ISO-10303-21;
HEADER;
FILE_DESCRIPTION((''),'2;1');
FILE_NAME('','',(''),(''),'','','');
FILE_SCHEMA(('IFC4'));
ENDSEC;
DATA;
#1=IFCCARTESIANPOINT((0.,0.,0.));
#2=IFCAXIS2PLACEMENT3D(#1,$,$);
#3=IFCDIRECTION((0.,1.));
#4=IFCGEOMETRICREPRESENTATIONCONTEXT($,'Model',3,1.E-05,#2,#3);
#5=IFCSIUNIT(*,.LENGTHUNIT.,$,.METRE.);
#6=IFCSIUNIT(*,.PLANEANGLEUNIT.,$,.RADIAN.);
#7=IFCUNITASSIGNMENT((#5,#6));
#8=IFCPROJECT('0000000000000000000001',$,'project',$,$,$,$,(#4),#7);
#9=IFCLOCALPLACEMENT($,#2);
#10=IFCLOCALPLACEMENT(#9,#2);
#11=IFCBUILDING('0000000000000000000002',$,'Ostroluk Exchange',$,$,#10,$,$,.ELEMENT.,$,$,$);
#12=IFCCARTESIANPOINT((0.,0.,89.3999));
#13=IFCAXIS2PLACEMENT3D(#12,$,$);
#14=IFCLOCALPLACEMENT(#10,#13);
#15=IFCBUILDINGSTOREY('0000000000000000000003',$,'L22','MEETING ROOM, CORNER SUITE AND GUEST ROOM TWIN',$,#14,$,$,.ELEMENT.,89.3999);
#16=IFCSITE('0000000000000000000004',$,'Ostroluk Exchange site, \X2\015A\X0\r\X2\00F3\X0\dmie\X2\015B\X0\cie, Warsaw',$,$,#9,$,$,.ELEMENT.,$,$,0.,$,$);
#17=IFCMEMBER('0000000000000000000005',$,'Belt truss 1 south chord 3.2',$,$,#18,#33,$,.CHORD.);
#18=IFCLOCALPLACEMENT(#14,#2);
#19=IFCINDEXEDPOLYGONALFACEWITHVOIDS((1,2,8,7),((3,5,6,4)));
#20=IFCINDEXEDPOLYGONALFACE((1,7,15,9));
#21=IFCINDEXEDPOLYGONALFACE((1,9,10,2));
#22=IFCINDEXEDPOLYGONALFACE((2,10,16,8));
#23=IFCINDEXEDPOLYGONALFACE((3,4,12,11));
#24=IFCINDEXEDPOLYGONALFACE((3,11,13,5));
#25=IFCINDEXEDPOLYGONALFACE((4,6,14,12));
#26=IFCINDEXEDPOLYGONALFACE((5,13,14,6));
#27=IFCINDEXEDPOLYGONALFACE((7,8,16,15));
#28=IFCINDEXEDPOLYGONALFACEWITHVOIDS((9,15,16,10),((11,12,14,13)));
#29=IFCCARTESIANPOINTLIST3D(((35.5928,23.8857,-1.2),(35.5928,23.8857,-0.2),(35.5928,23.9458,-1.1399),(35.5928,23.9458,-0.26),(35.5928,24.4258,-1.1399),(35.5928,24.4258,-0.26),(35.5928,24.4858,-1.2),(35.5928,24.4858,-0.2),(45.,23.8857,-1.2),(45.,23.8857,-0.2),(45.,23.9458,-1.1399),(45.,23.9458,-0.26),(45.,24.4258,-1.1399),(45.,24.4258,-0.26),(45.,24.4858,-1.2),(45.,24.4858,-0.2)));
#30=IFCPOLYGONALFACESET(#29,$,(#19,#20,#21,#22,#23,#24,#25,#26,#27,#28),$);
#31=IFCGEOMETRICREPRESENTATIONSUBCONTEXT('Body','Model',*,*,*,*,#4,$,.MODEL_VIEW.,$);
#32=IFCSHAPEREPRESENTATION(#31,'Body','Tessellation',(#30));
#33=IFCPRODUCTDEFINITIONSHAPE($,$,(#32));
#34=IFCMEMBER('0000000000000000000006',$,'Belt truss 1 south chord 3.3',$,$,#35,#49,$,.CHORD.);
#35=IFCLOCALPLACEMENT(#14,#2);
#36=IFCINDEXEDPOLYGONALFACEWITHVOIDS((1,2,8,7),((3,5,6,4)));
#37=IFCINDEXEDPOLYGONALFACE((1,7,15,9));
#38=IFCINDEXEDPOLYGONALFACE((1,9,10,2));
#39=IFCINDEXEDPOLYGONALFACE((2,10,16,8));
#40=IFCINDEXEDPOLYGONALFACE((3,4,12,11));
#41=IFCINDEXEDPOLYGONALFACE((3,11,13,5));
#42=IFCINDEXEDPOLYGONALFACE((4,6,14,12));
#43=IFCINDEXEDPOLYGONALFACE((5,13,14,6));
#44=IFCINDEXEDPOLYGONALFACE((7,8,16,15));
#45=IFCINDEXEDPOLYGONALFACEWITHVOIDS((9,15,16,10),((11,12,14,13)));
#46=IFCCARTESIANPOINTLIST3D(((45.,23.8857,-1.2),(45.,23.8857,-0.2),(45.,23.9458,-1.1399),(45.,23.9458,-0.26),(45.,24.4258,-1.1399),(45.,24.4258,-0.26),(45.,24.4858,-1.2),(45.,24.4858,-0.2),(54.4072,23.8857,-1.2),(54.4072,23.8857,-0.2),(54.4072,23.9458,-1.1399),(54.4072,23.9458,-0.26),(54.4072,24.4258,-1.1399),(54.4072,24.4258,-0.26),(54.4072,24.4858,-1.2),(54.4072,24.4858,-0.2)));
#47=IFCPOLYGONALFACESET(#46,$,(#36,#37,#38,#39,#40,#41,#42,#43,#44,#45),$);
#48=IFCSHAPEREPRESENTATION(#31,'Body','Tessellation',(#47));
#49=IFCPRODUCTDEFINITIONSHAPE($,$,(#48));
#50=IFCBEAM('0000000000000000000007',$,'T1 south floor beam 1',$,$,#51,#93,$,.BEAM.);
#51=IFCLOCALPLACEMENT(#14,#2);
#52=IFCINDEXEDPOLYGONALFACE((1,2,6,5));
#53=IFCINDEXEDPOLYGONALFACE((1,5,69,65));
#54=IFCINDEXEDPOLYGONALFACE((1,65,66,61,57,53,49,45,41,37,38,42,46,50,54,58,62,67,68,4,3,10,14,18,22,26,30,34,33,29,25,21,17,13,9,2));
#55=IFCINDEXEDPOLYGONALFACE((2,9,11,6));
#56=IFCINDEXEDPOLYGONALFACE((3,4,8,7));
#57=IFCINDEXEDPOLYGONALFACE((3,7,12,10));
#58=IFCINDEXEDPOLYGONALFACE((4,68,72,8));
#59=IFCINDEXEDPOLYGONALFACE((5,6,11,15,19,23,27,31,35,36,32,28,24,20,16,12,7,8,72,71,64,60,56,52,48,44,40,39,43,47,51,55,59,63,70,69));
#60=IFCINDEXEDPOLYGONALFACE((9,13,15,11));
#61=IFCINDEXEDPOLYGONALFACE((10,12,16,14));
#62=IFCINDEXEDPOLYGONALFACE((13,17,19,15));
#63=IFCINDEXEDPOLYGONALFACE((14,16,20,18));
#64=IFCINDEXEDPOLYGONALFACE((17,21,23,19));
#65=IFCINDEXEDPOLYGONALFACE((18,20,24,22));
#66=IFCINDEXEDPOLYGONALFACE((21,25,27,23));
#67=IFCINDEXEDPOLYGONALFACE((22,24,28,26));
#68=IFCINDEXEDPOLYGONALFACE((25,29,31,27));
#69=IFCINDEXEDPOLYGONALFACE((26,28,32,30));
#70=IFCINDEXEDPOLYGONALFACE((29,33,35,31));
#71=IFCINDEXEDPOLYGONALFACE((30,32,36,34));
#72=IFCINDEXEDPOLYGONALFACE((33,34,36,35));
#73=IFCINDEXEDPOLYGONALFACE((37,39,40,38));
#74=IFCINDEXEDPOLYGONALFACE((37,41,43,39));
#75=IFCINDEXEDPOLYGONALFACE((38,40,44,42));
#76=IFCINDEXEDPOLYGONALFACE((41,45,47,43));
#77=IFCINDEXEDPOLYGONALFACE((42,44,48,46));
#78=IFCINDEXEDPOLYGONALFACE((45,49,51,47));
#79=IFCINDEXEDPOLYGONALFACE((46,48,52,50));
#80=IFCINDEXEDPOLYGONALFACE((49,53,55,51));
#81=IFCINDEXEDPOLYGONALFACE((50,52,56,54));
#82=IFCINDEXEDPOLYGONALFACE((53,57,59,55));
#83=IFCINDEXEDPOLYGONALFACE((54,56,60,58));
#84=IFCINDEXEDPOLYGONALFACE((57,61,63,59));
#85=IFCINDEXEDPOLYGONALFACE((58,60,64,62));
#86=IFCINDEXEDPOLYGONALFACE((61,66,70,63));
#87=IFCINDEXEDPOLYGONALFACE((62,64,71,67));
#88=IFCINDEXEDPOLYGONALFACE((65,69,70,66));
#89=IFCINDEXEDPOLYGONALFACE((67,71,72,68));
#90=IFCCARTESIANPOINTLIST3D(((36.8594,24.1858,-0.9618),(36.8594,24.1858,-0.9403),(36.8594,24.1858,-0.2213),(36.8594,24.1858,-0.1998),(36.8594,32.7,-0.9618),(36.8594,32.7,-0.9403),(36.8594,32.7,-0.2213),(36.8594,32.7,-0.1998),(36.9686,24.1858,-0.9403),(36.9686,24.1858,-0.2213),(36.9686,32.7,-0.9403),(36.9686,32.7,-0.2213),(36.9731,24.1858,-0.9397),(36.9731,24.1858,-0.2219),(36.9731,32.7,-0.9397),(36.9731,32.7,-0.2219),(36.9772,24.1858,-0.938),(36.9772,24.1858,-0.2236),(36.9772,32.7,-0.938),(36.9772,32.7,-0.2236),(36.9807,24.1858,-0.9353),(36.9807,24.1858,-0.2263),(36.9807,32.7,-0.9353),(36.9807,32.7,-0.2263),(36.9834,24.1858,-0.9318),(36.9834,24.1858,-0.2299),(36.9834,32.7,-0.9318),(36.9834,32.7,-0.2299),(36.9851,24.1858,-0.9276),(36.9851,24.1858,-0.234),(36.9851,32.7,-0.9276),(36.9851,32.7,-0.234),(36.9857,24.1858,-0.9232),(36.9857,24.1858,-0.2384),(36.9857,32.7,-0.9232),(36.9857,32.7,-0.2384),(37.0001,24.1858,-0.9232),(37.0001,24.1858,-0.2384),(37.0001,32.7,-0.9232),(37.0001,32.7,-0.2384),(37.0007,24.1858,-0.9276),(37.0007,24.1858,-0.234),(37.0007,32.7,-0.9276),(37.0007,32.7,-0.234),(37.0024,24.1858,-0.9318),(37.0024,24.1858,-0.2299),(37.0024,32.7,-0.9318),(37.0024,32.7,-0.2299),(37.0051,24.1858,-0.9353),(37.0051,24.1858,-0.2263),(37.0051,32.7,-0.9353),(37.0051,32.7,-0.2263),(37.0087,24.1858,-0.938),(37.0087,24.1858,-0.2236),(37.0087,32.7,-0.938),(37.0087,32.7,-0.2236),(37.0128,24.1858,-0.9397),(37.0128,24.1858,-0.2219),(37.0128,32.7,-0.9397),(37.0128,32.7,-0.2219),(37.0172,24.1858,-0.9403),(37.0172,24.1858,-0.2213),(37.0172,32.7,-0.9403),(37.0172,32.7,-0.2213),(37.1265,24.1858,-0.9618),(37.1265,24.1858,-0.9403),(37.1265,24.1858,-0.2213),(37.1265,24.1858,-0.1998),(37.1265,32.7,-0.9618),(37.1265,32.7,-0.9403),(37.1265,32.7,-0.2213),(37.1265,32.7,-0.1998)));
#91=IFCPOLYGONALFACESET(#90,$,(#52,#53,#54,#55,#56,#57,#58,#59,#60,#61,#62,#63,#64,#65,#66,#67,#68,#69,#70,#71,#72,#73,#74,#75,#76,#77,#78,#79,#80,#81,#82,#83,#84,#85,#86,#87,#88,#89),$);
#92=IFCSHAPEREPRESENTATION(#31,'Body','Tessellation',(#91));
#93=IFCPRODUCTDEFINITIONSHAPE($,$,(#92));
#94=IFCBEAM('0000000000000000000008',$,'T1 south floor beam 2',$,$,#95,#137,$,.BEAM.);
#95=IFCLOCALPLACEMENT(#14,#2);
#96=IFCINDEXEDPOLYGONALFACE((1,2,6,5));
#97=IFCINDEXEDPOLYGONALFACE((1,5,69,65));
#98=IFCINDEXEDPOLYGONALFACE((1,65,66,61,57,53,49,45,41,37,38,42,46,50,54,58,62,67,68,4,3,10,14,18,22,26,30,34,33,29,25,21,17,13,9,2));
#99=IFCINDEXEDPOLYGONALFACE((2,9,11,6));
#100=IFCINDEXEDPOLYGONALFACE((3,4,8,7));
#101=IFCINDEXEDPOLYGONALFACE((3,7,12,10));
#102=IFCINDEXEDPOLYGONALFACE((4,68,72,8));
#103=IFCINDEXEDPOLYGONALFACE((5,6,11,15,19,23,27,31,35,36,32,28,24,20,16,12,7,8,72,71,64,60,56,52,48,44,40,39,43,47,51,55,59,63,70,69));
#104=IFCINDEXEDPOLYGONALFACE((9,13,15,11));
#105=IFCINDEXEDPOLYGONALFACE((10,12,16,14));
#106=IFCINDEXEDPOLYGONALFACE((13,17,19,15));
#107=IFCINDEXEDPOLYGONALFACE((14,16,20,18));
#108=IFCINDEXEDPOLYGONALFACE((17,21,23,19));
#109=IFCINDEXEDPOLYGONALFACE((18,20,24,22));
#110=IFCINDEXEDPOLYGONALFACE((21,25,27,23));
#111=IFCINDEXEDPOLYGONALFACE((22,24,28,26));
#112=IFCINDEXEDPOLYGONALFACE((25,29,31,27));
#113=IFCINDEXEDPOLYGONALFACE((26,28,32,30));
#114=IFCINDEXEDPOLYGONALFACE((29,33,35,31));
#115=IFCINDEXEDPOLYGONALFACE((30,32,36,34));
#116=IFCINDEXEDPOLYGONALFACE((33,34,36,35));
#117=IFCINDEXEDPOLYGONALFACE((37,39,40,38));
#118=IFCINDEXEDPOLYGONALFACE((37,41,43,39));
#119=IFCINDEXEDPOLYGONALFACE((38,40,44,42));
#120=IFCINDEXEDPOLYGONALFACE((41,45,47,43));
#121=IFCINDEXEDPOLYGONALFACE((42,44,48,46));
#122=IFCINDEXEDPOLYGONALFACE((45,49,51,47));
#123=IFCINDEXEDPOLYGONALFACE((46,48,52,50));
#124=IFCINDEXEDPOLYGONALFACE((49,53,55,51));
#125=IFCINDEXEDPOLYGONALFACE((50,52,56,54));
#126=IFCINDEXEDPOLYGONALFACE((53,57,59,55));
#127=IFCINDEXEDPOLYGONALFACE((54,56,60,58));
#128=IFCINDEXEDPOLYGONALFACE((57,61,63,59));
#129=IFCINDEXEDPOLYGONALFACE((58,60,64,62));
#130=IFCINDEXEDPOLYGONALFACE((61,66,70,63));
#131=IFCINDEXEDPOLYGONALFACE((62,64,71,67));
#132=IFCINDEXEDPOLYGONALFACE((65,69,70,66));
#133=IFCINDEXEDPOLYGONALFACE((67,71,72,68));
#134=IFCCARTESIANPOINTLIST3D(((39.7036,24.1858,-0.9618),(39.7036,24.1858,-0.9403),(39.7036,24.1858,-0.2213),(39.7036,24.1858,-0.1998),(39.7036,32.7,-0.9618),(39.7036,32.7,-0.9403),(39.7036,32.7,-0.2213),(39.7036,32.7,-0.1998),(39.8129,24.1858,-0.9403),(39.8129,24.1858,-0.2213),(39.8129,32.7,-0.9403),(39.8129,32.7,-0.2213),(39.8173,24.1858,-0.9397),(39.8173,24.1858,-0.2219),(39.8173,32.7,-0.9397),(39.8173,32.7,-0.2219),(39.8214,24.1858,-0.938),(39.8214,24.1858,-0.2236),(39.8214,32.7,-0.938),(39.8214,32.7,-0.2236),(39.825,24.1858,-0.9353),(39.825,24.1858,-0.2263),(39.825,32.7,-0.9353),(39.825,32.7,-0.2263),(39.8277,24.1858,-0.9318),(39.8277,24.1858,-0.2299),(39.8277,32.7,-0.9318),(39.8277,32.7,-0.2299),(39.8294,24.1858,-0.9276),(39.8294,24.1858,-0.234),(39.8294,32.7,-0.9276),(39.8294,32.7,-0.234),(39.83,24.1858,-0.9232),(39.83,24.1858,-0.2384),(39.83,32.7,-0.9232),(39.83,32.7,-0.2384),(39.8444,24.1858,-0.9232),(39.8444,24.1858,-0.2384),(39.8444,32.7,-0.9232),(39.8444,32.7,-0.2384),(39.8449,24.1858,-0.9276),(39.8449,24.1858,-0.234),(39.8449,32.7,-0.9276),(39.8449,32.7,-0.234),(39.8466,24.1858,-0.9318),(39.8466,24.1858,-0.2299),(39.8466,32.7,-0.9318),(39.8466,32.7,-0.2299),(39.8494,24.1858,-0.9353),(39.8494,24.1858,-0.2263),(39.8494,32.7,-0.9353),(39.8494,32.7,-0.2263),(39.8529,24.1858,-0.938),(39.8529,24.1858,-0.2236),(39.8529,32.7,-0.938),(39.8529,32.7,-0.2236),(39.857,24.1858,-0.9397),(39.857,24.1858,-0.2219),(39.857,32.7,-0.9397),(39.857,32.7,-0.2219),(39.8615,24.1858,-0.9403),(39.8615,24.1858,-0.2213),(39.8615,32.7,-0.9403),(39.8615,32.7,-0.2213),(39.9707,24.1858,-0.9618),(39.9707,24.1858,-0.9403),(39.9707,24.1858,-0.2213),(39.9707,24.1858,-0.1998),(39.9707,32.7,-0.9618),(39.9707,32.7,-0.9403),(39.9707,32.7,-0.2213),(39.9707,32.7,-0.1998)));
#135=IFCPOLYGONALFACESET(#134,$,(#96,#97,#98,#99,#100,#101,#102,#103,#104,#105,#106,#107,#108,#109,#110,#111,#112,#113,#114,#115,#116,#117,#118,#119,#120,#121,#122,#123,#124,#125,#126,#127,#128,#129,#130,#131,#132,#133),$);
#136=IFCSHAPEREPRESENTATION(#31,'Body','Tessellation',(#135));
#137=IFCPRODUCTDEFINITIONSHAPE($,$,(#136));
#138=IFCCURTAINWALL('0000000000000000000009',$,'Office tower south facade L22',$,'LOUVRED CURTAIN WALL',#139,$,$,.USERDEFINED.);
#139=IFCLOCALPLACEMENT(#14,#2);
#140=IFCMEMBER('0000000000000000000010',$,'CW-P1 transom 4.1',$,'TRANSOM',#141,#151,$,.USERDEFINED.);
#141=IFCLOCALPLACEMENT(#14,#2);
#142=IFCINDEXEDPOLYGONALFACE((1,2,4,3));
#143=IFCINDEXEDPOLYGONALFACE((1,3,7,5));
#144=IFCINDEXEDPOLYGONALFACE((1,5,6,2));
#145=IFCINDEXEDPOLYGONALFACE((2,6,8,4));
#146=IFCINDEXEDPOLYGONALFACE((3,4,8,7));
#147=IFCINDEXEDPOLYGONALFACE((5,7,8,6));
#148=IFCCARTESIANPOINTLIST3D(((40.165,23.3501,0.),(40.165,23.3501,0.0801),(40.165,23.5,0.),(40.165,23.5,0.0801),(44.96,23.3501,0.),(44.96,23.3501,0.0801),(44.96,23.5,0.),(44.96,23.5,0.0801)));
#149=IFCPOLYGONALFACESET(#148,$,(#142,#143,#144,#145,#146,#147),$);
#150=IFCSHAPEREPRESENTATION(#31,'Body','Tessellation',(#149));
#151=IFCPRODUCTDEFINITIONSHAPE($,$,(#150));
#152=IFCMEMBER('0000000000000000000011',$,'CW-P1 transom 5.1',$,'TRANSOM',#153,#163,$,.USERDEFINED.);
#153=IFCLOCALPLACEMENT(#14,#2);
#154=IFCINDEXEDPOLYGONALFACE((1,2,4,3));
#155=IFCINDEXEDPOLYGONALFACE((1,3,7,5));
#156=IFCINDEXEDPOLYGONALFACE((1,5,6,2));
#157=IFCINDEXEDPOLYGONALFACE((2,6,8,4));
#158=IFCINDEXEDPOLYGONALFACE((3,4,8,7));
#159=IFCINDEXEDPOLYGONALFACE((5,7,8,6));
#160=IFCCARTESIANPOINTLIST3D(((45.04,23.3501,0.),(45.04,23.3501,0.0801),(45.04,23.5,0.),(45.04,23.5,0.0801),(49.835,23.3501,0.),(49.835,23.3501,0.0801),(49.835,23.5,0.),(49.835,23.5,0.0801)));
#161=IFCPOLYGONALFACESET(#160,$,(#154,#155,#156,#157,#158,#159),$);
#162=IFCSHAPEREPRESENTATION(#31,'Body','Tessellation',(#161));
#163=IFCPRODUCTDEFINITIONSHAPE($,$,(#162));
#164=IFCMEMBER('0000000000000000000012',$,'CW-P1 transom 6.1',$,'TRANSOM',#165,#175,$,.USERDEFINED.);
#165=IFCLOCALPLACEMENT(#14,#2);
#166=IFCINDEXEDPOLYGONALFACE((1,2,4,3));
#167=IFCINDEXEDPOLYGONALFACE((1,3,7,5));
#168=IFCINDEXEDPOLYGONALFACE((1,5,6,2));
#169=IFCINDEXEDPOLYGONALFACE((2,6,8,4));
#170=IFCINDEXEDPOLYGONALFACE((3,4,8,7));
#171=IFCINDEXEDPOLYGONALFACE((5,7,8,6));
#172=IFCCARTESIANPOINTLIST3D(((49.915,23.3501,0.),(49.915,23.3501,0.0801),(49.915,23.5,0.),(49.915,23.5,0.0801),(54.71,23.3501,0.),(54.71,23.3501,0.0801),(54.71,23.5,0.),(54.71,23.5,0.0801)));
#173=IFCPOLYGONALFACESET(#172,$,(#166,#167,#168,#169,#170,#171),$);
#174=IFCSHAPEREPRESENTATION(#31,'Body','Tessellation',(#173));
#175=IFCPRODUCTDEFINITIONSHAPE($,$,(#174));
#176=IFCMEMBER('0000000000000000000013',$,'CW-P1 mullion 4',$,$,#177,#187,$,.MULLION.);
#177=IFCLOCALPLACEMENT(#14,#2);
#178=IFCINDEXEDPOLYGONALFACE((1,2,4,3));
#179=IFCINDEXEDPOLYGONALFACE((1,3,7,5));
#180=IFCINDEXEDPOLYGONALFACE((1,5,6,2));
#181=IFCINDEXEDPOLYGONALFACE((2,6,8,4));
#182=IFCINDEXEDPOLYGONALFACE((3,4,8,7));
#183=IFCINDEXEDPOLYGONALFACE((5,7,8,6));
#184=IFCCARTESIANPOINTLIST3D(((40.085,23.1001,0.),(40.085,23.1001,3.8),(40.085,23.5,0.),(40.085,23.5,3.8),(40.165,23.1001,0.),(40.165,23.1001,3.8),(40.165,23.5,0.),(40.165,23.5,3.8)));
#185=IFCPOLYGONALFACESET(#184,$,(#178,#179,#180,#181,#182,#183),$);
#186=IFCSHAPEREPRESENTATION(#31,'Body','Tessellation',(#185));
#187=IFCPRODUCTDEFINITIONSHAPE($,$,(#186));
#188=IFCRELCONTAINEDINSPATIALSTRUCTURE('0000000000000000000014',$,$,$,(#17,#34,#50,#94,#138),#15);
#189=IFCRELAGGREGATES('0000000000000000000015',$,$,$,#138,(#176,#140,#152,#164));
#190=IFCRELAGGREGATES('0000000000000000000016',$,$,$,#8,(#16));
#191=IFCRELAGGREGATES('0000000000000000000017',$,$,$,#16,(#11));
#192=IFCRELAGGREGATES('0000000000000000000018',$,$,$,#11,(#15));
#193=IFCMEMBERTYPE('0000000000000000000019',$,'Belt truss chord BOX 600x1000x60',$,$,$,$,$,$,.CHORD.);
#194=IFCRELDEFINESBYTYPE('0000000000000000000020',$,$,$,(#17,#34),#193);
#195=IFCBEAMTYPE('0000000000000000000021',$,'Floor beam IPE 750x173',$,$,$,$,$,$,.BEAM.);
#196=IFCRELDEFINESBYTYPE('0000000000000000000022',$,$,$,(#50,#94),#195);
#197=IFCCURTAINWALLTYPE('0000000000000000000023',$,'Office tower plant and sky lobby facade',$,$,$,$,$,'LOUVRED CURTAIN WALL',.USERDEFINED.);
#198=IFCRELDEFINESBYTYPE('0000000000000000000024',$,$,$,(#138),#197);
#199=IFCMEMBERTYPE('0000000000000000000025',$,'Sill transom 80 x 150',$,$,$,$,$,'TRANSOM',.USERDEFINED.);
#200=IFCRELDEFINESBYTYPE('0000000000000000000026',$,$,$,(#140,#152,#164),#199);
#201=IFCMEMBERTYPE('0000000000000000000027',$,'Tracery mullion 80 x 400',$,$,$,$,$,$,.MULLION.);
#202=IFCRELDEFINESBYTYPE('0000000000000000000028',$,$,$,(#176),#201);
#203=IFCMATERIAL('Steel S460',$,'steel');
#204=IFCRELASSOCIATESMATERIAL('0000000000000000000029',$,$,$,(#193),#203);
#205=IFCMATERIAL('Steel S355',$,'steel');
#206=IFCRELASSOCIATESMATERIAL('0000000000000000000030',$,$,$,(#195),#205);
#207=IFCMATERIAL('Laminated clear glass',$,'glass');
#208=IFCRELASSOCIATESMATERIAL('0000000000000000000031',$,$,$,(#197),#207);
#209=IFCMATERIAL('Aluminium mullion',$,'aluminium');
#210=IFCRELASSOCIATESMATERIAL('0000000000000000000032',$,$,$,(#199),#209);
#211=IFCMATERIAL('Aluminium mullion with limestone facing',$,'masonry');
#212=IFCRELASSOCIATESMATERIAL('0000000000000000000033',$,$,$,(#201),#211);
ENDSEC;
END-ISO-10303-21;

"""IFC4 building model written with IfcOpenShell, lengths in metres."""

from ifc_helpers import new_model, si_unit, direction, frame, origin, origin_2d, place, context, subcontext, project, spatial, rectangle, hollow_rectangle, i_section, extrude, material, material_profile, profile_set, type_object, element, aggregate, save


model = new_model("IFC4")

# Units and contexts
model_context = context("Model", 3, precision=1e-05, world=origin(), true_north=direction((0.0, 1.0)))
body_context = subcontext(model_context, "Body", "Model", "MODEL_VIEW")
ifc_project = project(units=[si_unit("LENGTHUNIT", "METRE"), si_unit("PLANEANGLEUNIT", "RADIAN")], contexts=[model_context])

# Site, building, storey
site_placement = place(None, origin())
site = spatial("IfcSite", under=ifc_project, at=site_placement, Name="Ostroluk Exchange site, Śródmieście, Warsaw", CompositionType="ELEMENT", RefElevation=0.0)
building_placement = place(site_placement, origin())
building = spatial("IfcBuilding", under=site, at=building_placement, Name="Ostroluk Exchange", CompositionType="ELEMENT")
storey_placement = place(building_placement, frame((0.0, 0.0, 89.3999)))
storey = spatial("IfcBuildingStorey", under=building, at=storey_placement, Name="L22", Description="MEETING ROOM, CORNER SUITE AND GUEST ROOM TWIN", CompositionType="ELEMENT", Elevation=89.3999)

# Members
ifc_material_1 = material(Name="Steel S460", Category="steel")
ifc_material_profile_1 = material_profile(ifc_material_1, hollow_rectangle(XDim=0.6001, YDim=1.0, WallThickness=0.0601, at=origin_2d()), Name="BOX 600x1000x60")
ifc_profile_set_1 = profile_set([ifc_material_profile_1], Name="Steel S460")
member_type_1 = type_object("IfcMemberType", Name="Belt truss chord BOX 600x1000x60", PredefinedType="CHORD", material=ifc_profile_set_1)
for number, where, z_axis, x_axis, name in (
    (1, (35.5928, 24.1858, -0.7), (1.0, 0.0, 0.0), (0.0, 1.0, 0.0), "Belt truss 1 south chord 3.2"),
    (2, (45.0, 24.1858, -0.7), (1.0, 0.0, 0.0), (0.0, 1.0, 0.0), "Belt truss 1 south chord 3.3"),
):
    element("IfcMember", number, at=place(storey_placement, frame(where, z_axis=z_axis, x_axis=x_axis)), inside=storey, type_object=member_type_1, Name=name, PredefinedType="CHORD", context=body_context, shape_type="SweptSolid", body=[
        extrude(hollow_rectangle(XDim=0.6001, YDim=1.0, WallThickness=0.0601, at=origin_2d()), origin(), (0.0, 0.0, 1.0), 9.4072),
    ])

# Beams
ifc_material_2 = material(Name="Steel S355", Category="steel")
ifc_material_profile_2 = material_profile(ifc_material_2, i_section(OverallWidth=0.2671, OverallDepth=0.762, WebThickness=0.0144, FlangeThickness=0.0215, FilletRadius=0.0171, at=origin_2d()), Name="IPE 750x173")
ifc_profile_set_2 = profile_set([ifc_material_profile_2], Name="Steel S355")
beam_type = type_object("IfcBeamType", Name="Floor beam IPE 750x173", PredefinedType="BEAM", material=ifc_profile_set_2)
for number, where, z_axis, x_axis, name in (
    (3, (36.9929, 32.7, -0.5808), (0.0, -1.0, 0.0), (1.0, 0.0, 0.0), "T1 south floor beam 1"),
    (4, (39.8372, 32.7, -0.5808), (0.0, -1.0, 0.0), (1.0, 0.0, 0.0), "T1 south floor beam 2"),
):
    element("IfcBeam", number, at=place(storey_placement, frame(where, z_axis=z_axis, x_axis=x_axis)), inside=storey, type_object=beam_type, Name=name, PredefinedType="BEAM", context=body_context, shape_type="SweptSolid", body=[
        extrude(i_section(OverallWidth=0.2671, OverallDepth=0.762, WebThickness=0.0144, FlangeThickness=0.0215, FilletRadius=0.0171, at=origin_2d()), origin(), (0.0, 0.0, 1.0), 8.5142),
    ])

# Curtain wall, members
ifc_material_3 = material(Name="Laminated clear glass", Category="glass")
curtain_wall_type = type_object("IfcCurtainWallType", Name="Office tower plant and sky lobby facade", ElementType="LOUVRED CURTAIN WALL", PredefinedType="USERDEFINED", material=ifc_material_3)
curtain_wall_placement = place(storey_placement, origin())
curtain_wall = element("IfcCurtainWall", 5, at=curtain_wall_placement, inside=storey, type_object=curtain_wall_type, Name="Office tower south facade L22", ObjectType="LOUVRED CURTAIN WALL", PredefinedType="USERDEFINED")
ifc_material_4 = material(Name="Aluminium mullion", Category="aluminium")
ifc_material_profile_3 = material_profile(ifc_material_4, rectangle(XDim=0.1499, YDim=0.0801, at=origin_2d()), Name="Sill transom 80 x 150")
ifc_profile_set_3 = profile_set([ifc_material_profile_3], Name="Aluminium mullion")
member_type_2 = type_object("IfcMemberType", Name="Sill transom 80 x 150", ElementType="TRANSOM", PredefinedType="USERDEFINED", material=ifc_profile_set_3)
member_1_placement = place(storey_placement, frame((40.165, 23.425, 0.04), z_axis=(1.0, 0.0, 0.0), x_axis=(0.0, 1.0, 0.0)))
member_1 = element("IfcMember", 6, at=member_1_placement, type_object=member_type_2, Name="CW-P1 transom 4.1", ObjectType="TRANSOM", PredefinedType="USERDEFINED", context=body_context, shape_type="SweptSolid", body=[
    extrude(rectangle(XDim=0.1499, YDim=0.0801, at=origin_2d()), origin(), (0.0, 0.0, 1.0), 4.7949),
])
member_2_placement = place(storey_placement, frame((45.04, 23.425, 0.04), z_axis=(1.0, 0.0, 0.0), x_axis=(0.0, 1.0, 0.0)))
member_2 = element("IfcMember", 7, at=member_2_placement, type_object=member_type_2, Name="CW-P1 transom 5.1", ObjectType="TRANSOM", PredefinedType="USERDEFINED", context=body_context, shape_type="SweptSolid", body=[
    extrude(rectangle(XDim=0.1499, YDim=0.0801, at=origin_2d()), origin(), (0.0, 0.0, 1.0), 4.7949),
])
member_3_placement = place(storey_placement, frame((49.915, 23.425, 0.04), z_axis=(1.0, 0.0, 0.0), x_axis=(0.0, 1.0, 0.0)))
member_3 = element("IfcMember", 8, at=member_3_placement, type_object=member_type_2, Name="CW-P1 transom 6.1", ObjectType="TRANSOM", PredefinedType="USERDEFINED", context=body_context, shape_type="SweptSolid", body=[
    extrude(rectangle(XDim=0.1499, YDim=0.0801, at=origin_2d()), origin(), (0.0, 0.0, 1.0), 4.7949),
])
ifc_material_5 = material(Name="Aluminium mullion with limestone facing", Category="masonry")
ifc_material_profile_4 = material_profile(ifc_material_5, rectangle(XDim=0.3999, YDim=0.0801, at=origin_2d()), Name="Tracery mullion 80 x 400")
ifc_profile_set_4 = profile_set([ifc_material_profile_4], Name="Aluminium mullion with limestone facing")
member_type_3 = type_object("IfcMemberType", Name="Tracery mullion 80 x 400", PredefinedType="MULLION", material=ifc_profile_set_4)
member_4_placement = place(storey_placement, frame((40.125, 23.3, 0.0), z_axis=(0.0, 0.0, 1.0), x_axis=(0.0, 1.0, 0.0)))
member_4 = element("IfcMember", 9, at=member_4_placement, type_object=member_type_3, Name="CW-P1 mullion 4", PredefinedType="MULLION", context=body_context, shape_type="SweptSolid", body=[
    extrude(rectangle(XDim=0.3999, YDim=0.0801, at=origin_2d()), origin(), (0.0, 0.0, 1.0), 3.8),
])
aggregate(curtain_wall, [member_4, member_1, member_2, member_3])

save(model, "model.ifc")
